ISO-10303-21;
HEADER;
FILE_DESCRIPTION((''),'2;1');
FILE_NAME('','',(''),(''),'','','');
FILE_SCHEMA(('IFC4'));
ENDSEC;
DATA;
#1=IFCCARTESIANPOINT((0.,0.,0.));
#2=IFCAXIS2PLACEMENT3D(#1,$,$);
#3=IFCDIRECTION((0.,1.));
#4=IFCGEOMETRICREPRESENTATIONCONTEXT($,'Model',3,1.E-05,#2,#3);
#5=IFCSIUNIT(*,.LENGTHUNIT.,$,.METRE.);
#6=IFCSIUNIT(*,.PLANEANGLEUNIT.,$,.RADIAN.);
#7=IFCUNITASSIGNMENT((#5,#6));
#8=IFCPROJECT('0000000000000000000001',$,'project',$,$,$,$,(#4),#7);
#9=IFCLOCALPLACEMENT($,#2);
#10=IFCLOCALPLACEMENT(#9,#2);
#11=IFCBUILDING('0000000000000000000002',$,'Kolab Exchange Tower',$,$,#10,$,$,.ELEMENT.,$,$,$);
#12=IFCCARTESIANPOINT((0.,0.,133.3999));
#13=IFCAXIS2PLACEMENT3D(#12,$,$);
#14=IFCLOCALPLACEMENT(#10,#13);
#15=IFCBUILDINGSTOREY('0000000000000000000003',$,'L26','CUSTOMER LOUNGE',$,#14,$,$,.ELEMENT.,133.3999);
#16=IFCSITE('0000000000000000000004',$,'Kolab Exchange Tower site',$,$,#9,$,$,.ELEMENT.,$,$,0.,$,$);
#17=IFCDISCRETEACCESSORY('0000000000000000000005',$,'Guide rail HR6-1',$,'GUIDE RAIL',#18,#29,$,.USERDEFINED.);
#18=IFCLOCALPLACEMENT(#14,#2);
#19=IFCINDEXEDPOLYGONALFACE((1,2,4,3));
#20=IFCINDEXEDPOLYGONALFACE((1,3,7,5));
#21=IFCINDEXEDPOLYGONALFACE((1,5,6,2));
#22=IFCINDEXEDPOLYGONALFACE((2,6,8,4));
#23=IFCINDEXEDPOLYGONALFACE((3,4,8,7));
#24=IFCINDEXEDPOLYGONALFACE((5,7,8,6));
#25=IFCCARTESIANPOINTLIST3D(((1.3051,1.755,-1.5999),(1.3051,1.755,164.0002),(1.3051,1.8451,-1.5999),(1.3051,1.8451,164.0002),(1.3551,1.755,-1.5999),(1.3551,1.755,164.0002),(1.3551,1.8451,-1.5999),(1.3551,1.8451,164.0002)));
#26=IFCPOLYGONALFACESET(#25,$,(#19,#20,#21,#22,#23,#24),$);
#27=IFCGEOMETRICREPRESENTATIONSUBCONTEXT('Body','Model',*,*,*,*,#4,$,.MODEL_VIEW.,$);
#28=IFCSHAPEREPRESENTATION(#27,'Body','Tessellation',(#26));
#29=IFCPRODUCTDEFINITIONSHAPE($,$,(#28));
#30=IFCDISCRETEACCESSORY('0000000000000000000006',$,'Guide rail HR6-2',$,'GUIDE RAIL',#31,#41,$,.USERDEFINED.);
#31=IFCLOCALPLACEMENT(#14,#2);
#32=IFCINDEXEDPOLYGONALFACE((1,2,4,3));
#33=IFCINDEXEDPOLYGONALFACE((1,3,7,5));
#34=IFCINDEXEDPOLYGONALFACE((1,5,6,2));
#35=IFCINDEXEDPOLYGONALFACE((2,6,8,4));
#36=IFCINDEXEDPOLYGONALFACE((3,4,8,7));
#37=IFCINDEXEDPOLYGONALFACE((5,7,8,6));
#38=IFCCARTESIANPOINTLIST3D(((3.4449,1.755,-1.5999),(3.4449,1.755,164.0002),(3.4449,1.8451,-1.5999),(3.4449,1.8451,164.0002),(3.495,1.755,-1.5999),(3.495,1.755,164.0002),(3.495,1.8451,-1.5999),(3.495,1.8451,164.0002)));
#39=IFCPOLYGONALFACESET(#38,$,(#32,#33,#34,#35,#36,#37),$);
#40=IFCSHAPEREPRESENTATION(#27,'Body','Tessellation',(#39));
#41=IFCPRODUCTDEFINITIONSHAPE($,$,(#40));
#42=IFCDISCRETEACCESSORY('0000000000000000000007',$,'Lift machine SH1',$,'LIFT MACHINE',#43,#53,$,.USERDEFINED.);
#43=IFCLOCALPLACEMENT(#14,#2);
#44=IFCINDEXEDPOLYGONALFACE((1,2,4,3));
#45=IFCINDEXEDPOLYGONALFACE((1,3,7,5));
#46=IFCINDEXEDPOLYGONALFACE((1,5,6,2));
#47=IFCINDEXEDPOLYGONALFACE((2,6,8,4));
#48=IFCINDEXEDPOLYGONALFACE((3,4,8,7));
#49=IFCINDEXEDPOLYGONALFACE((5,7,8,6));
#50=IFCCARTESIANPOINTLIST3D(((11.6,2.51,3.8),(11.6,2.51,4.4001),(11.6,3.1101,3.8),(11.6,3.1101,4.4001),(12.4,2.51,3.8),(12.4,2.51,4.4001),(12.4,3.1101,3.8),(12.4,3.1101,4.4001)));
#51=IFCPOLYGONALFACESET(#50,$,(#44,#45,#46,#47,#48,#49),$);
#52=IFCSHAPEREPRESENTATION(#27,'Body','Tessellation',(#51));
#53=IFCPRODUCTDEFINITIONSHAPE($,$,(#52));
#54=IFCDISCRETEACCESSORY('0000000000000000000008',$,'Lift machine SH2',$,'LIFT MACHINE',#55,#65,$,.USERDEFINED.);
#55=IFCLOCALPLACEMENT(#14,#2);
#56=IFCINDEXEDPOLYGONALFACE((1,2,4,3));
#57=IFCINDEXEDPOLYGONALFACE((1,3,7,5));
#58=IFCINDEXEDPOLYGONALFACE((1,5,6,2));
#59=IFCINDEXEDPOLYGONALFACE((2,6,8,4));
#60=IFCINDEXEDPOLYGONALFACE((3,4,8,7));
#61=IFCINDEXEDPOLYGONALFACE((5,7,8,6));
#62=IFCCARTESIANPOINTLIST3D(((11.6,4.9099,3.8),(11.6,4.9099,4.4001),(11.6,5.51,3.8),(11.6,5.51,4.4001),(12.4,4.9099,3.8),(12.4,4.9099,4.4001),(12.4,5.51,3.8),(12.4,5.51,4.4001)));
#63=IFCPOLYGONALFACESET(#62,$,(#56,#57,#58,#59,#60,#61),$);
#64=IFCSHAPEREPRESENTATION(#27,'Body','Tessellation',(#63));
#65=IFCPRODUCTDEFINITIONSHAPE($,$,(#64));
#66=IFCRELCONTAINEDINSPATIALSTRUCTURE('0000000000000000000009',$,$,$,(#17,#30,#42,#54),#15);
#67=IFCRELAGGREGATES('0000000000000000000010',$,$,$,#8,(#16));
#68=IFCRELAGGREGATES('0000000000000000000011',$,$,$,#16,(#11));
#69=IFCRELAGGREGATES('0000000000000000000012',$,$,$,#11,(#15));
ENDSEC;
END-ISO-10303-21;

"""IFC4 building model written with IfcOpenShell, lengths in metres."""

from ifc_helpers import new_model, si_unit, direction, frame, origin, origin_2d, place, context, subcontext, project, spatial, rectangle, extrude, element, save


model = new_model("IFC4")

# Units and contexts
model_context = context("Model", 3, precision=1e-05, world=origin(), true_north=direction((0.0, 1.0)))
body_context = subcontext(model_context, "Body", "Model", "MODEL_VIEW")
ifc_project = project(units=[si_unit("LENGTHUNIT", "METRE"), si_unit("PLANEANGLEUNIT", "RADIAN")], contexts=[model_context])

# Site, building, storey
site_placement = place(None, origin())
site = spatial("IfcSite", under=ifc_project, at=site_placement, Name="Kolab Exchange Tower site", CompositionType="ELEMENT", RefElevation=0.0)
building_placement = place(site_placement, origin())
building = spatial("IfcBuilding", under=site, at=building_placement, Name="Kolab Exchange Tower", CompositionType="ELEMENT")
storey_placement = place(building_placement, frame((0.0, 0.0, 133.3999)))
storey = spatial("IfcBuildingStorey", under=building, at=storey_placement, Name="L26", Description="CUSTOMER LOUNGE", CompositionType="ELEMENT", Elevation=133.3999)

# Discrete accessories
for number, where, z_axis, x_axis, name in (
    (1, (1.3301, 1.8, -1.5999), (0.0, 0.0, 1.0), (1.0, 0.0, 0.0), "Guide rail HR6-1"),
    (2, (3.47, 1.8, -1.5999), (0.0, 0.0, 1.0), (1.0, 0.0, 0.0), "Guide rail HR6-2"),
):
    element("IfcDiscreteAccessory", number, at=place(storey_placement, frame(where, z_axis=z_axis, x_axis=x_axis)), inside=storey, Name=name, ObjectType="GUIDE RAIL", PredefinedType="USERDEFINED", context=body_context, shape_type="SweptSolid", body=[
        extrude(rectangle(XDim=0.05, YDim=0.0901, at=origin_2d()), origin(), (0.0, 0.0, 1.0), 165.6001),
    ])
for number, where, z_axis, x_axis, name in (
    (3, (12.0, 2.8101, 3.8), (0.0, 0.0, 1.0), (1.0, 0.0, 0.0), "Lift machine SH1"),
    (4, (12.0, 5.21, 3.8), (0.0, 0.0, 1.0), (1.0, 0.0, 0.0), "Lift machine SH2"),
):
    element("IfcDiscreteAccessory", number, at=place(storey_placement, frame(where, z_axis=z_axis, x_axis=x_axis)), inside=storey, Name=name, ObjectType="LIFT MACHINE", PredefinedType="USERDEFINED", context=body_context, shape_type="SweptSolid", body=[
        extrude(rectangle(XDim=0.8, YDim=0.6001, at=origin_2d()), origin(), (0.0, 0.0, 1.0), 0.6001),
    ])

save(model, "model.ifc")
